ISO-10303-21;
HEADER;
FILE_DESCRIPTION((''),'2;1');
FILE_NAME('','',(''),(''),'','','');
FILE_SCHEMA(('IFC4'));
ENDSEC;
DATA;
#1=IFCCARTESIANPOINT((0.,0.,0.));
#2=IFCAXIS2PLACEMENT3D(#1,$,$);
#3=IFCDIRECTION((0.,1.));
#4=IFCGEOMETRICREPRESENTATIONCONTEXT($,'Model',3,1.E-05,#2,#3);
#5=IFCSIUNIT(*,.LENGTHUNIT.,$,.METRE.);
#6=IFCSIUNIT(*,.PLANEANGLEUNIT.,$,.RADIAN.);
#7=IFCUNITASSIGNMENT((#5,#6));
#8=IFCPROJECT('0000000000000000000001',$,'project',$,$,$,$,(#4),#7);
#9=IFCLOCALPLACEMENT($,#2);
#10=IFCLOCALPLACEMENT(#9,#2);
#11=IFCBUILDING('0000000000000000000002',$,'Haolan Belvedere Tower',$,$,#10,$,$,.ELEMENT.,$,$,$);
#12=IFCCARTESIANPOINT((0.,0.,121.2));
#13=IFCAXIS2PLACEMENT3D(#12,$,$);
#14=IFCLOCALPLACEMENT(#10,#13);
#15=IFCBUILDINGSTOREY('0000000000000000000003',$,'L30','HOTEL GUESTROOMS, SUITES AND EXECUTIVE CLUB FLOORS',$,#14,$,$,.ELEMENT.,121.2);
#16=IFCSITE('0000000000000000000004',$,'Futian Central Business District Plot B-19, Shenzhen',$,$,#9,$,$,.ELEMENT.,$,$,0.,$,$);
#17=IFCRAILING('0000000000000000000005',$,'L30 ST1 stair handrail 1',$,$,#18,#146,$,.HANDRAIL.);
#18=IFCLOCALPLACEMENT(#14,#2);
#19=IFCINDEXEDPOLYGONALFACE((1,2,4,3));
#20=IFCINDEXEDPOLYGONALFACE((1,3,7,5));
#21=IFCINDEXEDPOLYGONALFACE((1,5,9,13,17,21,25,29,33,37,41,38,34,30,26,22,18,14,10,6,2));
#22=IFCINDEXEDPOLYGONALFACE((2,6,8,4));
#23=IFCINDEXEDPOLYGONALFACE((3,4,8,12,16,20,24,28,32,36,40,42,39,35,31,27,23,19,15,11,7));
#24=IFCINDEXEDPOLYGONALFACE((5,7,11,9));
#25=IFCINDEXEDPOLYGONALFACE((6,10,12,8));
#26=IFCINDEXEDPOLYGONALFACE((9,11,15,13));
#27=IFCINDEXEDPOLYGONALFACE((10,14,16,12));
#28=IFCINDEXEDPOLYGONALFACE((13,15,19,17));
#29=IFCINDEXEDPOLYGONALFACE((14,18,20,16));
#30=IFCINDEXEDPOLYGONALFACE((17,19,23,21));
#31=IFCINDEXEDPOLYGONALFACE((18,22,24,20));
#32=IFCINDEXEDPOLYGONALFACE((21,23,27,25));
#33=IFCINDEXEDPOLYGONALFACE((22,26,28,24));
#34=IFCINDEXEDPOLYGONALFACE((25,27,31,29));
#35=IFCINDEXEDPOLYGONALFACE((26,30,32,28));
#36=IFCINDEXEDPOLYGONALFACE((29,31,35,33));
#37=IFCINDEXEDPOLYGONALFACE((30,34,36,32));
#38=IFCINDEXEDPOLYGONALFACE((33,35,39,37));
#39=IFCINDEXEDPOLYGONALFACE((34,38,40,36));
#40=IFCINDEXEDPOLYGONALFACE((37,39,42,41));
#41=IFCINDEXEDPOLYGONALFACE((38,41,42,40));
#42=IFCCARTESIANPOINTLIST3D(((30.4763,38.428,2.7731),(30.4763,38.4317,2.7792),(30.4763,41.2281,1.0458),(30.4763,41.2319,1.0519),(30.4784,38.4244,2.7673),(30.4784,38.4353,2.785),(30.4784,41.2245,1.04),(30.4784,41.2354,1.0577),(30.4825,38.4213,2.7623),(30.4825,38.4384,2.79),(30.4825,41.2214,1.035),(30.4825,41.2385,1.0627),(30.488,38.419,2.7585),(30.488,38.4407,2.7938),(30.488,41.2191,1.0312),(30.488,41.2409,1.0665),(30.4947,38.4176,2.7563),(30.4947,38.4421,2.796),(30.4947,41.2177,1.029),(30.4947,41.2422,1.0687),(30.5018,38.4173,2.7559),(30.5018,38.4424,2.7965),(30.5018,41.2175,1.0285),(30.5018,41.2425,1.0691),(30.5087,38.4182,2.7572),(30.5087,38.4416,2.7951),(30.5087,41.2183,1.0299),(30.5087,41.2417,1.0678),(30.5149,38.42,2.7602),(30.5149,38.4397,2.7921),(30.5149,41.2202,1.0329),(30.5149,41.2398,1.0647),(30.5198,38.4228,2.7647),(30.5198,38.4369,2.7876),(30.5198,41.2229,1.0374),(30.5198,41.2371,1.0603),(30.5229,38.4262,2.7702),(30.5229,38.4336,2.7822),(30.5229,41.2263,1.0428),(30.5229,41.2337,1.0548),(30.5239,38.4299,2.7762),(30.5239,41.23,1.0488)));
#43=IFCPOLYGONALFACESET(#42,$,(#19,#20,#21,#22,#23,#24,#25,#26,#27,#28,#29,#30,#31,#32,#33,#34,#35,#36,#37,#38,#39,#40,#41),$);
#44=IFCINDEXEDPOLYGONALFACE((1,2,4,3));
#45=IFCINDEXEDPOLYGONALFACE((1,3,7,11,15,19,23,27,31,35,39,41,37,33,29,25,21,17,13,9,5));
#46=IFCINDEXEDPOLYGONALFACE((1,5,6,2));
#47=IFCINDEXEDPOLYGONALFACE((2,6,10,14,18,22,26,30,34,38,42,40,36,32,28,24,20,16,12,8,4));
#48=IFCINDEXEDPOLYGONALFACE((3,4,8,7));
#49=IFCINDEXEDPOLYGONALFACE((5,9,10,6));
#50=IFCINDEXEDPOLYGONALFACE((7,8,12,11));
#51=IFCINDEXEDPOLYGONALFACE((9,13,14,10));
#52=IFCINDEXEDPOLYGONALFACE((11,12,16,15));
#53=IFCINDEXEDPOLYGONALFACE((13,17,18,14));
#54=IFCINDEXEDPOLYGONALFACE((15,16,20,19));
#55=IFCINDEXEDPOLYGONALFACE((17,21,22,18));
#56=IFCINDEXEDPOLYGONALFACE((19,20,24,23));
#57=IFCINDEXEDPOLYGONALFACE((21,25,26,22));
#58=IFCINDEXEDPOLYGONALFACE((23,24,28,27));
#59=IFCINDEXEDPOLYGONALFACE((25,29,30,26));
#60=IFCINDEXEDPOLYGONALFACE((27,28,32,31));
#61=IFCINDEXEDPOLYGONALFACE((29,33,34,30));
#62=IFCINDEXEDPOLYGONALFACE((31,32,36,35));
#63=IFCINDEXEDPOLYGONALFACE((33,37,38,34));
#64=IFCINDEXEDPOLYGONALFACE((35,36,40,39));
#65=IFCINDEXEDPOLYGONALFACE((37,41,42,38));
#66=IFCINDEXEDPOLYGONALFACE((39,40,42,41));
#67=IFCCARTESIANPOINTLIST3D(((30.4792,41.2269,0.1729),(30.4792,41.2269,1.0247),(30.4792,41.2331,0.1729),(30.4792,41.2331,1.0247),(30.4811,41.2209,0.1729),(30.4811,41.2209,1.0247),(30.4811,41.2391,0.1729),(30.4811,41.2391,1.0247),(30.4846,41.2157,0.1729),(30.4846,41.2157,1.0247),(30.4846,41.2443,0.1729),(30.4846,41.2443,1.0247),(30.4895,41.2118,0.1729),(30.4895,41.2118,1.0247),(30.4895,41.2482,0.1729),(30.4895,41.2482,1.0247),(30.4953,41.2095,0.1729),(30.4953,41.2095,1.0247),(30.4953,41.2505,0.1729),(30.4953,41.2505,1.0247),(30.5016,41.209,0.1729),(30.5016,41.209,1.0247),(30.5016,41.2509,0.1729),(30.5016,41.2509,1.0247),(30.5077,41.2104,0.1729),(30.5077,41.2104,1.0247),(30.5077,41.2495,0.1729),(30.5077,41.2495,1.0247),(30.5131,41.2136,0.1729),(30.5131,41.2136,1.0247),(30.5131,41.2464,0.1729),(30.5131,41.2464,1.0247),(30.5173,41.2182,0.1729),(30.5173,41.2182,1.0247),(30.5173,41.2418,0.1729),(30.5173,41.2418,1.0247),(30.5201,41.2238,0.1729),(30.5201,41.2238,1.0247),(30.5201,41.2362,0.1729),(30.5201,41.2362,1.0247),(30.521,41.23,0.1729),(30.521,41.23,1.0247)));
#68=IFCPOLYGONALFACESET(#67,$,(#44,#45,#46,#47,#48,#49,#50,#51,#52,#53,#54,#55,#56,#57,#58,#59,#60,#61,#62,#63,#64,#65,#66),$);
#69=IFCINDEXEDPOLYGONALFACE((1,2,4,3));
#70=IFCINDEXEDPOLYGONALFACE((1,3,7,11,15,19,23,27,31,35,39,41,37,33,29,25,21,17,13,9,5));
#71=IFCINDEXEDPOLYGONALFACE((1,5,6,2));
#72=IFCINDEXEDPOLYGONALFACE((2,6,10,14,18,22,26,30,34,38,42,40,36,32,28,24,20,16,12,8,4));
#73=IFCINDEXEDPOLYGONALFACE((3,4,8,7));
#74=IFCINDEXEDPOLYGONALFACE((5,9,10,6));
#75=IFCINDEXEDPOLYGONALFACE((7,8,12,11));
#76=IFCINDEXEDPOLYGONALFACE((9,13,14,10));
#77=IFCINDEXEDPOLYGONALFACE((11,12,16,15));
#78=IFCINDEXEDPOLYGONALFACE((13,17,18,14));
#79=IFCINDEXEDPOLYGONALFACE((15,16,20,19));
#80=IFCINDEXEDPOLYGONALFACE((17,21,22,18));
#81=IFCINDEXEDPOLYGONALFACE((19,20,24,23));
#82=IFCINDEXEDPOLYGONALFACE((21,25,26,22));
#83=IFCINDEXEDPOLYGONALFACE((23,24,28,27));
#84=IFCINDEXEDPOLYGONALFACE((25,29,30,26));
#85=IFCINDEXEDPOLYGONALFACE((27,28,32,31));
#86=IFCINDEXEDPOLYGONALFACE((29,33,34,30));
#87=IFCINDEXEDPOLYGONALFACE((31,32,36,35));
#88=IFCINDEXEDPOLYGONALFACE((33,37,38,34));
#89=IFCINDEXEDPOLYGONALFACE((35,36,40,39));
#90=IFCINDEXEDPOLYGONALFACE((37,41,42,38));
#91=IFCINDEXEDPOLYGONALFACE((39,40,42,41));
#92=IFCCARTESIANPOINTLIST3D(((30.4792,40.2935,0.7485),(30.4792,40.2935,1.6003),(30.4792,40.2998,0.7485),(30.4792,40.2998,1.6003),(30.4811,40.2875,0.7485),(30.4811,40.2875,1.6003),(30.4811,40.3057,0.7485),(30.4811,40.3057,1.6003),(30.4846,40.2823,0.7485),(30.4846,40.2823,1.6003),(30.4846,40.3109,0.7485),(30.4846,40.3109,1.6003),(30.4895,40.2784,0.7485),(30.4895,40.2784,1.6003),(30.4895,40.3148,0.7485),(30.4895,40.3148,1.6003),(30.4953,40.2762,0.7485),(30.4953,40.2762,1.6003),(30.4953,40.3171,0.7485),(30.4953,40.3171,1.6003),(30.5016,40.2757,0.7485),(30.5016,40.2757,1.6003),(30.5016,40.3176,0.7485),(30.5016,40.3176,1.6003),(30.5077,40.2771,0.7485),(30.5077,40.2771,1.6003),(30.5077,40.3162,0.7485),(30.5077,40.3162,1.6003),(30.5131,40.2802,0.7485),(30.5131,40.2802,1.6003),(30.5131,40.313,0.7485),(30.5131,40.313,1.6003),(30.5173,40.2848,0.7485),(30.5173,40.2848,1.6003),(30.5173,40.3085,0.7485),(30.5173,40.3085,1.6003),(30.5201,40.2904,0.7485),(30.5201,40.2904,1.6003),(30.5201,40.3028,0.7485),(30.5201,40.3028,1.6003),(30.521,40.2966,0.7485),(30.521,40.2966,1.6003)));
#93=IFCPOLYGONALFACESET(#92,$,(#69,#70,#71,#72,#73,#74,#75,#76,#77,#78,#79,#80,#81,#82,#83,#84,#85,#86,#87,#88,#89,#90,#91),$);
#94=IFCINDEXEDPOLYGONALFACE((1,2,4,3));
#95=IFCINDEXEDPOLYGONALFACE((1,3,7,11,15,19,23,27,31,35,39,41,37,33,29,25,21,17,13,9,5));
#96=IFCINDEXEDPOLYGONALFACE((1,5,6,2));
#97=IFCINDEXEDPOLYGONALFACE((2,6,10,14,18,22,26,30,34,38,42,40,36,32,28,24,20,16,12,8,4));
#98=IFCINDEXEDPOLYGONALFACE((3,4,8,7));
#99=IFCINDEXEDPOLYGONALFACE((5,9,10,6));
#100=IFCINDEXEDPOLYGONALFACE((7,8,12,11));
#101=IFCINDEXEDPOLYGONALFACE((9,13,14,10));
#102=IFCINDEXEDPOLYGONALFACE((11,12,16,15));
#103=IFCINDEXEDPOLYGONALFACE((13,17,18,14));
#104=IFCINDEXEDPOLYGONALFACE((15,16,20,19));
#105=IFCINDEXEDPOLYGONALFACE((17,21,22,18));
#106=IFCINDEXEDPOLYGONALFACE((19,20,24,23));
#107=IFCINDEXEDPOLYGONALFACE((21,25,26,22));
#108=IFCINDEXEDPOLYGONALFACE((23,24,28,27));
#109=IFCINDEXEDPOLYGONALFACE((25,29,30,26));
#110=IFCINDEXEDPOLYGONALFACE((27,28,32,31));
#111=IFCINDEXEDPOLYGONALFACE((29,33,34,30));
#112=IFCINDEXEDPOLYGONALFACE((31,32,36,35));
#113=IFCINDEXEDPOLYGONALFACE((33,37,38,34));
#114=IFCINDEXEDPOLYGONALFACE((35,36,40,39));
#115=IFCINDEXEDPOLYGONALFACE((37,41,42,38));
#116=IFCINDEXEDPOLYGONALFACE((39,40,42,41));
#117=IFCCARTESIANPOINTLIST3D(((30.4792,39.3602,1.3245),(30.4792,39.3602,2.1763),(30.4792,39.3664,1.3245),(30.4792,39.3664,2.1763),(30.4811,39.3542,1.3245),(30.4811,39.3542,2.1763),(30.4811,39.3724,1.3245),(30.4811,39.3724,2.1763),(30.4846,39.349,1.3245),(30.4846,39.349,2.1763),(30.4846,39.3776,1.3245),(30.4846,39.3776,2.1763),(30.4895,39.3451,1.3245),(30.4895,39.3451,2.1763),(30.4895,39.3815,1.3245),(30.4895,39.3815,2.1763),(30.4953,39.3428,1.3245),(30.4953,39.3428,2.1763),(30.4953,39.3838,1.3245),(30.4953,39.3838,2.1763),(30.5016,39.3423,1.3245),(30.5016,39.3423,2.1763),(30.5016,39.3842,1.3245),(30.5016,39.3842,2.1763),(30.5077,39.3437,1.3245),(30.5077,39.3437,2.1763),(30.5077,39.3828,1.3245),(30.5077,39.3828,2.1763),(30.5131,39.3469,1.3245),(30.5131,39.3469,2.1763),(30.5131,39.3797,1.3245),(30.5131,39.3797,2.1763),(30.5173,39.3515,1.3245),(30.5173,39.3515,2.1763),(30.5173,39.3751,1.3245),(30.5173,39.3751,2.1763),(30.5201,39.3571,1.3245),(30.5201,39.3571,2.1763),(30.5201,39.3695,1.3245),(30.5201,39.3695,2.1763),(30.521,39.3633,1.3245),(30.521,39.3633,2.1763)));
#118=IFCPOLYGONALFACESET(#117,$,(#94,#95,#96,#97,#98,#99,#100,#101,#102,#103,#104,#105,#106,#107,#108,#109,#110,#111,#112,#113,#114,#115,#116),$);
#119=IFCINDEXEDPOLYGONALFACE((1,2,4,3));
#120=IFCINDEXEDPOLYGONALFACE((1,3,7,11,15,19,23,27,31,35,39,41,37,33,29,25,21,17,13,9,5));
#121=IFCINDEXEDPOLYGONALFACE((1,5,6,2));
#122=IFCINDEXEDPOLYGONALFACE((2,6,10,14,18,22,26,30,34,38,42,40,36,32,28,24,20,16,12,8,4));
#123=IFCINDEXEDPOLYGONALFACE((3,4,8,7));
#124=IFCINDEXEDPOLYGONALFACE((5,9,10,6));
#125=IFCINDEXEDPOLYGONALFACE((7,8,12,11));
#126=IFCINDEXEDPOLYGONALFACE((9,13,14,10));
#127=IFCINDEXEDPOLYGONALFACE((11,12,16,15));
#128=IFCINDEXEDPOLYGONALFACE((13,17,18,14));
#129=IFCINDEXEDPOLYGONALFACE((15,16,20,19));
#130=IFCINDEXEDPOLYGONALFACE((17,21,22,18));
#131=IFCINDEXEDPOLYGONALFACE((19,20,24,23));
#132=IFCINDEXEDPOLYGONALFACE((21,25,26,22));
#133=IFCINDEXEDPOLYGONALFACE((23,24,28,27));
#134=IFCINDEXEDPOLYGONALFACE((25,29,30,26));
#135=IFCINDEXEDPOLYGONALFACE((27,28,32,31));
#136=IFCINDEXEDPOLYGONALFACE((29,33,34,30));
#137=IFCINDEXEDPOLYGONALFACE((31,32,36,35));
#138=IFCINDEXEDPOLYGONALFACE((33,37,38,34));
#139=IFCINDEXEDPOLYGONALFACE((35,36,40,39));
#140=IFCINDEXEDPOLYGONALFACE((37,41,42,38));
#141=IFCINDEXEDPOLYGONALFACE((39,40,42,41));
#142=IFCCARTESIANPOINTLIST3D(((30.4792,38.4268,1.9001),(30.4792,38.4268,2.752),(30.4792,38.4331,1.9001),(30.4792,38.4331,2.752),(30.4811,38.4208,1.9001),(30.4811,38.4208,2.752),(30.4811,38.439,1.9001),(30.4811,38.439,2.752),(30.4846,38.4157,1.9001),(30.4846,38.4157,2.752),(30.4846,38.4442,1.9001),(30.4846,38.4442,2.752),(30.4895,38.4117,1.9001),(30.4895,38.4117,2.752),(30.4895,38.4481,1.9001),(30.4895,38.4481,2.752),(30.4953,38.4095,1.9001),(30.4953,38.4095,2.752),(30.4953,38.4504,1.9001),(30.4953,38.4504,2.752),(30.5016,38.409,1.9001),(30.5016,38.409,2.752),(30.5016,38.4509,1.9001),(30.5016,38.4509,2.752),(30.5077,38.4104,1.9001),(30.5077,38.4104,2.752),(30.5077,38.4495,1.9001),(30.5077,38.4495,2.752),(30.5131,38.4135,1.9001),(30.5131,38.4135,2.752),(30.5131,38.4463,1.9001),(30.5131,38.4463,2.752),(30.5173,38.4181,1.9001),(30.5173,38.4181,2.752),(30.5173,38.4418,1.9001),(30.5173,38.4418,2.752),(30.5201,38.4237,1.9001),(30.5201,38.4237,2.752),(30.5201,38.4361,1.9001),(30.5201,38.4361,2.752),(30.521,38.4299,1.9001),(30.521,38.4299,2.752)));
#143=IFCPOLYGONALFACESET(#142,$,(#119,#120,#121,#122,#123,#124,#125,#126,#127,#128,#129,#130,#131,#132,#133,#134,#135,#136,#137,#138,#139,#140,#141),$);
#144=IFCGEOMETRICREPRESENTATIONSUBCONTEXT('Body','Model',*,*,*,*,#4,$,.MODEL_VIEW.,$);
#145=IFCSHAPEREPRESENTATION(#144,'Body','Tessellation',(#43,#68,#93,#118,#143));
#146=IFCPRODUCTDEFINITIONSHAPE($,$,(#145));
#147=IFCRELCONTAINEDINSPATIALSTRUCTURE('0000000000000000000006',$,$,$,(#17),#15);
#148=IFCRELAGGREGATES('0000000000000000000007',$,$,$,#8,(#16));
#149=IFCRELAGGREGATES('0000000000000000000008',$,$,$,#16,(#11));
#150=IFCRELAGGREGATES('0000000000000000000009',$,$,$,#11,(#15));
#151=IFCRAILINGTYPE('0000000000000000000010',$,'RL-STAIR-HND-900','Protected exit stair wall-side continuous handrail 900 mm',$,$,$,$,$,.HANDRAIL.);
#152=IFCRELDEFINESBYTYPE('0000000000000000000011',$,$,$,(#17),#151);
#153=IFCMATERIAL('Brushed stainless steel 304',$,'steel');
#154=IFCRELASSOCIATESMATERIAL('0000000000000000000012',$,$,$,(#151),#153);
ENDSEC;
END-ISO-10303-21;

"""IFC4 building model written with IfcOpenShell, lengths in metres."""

from ifc_helpers import new_model, si_unit, direction, frame, origin, origin_2d, place, context, subcontext, project, spatial, circle, extrude, material, type_object, element, save


model = new_model("IFC4")

# Units and contexts
model_context = context("Model", 3, precision=1e-05, world=origin(), true_north=direction((0.0, 1.0)))
body_context = subcontext(model_context, "Body", "Model", "MODEL_VIEW")
ifc_project = project(units=[si_unit("LENGTHUNIT", "METRE"), si_unit("PLANEANGLEUNIT", "RADIAN")], contexts=[model_context])

# Site, building, storey
site_placement = place(None, origin())
site = spatial("IfcSite", under=ifc_project, at=site_placement, Name="Futian Central Business District Plot B-19, Shenzhen", CompositionType="ELEMENT", RefElevation=0.0)
building_placement = place(site_placement, origin())
building = spatial("IfcBuilding", under=site, at=building_placement, Name="Haolan Belvedere Tower", CompositionType="ELEMENT")
storey_placement = place(building_placement, frame((0.0, 0.0, 121.2)))
storey = spatial("IfcBuildingStorey", under=building, at=storey_placement, Name="L30", Description="HOTEL GUESTROOMS, SUITES AND EXECUTIVE CLUB FLOORS", CompositionType="ELEMENT", Elevation=121.2)

# Railing
ifc_material_1 = material(Name="Brushed stainless steel 304", Category="steel")
railing_type_1 = type_object("IfcRailingType", Name="RL-STAIR-HND-900", Description="Protected exit stair wall-side continuous handrail 900 mm", PredefinedType="HANDRAIL", material=ifc_material_1)
railing_1_placement = place(storey_placement, frame((30.5, 41.23, 0.1729)))
element("IfcRailing", 1, at=railing_1_placement, inside=storey, type_object=railing_type_1, Name="L30 ST1 stair handrail 1", PredefinedType="HANDRAIL", context=body_context, shape_type="SweptSolid", body=[
    extrude(circle(Radius=0.0239, at=origin_2d()), frame((0.0, 0.0, 0.876), z_axis=(0.0, -0.85109, 0.52502), x_axis=(1.0, 0.0, 0.0)), (0.0, 0.0, 1.0), 3.29),
    extrude(circle(Radius=0.021, at=origin_2d()), origin(), (0.0, 0.0, 1.0), 0.8518),
    extrude(circle(Radius=0.021, at=origin_2d()), frame((0.0, -0.9333, 0.5757)), (0.0, 0.0, 1.0), 0.8518),
    extrude(circle(Radius=0.021, at=origin_2d()), frame((0.0, -1.8667, 1.1516)), (0.0, 0.0, 1.0), 0.8518),
    extrude(circle(Radius=0.021, at=origin_2d()), frame((0.0, -2.8, 1.7273)), (0.0, 0.0, 1.0), 0.8518),
])

save(model, "model.ifc")
